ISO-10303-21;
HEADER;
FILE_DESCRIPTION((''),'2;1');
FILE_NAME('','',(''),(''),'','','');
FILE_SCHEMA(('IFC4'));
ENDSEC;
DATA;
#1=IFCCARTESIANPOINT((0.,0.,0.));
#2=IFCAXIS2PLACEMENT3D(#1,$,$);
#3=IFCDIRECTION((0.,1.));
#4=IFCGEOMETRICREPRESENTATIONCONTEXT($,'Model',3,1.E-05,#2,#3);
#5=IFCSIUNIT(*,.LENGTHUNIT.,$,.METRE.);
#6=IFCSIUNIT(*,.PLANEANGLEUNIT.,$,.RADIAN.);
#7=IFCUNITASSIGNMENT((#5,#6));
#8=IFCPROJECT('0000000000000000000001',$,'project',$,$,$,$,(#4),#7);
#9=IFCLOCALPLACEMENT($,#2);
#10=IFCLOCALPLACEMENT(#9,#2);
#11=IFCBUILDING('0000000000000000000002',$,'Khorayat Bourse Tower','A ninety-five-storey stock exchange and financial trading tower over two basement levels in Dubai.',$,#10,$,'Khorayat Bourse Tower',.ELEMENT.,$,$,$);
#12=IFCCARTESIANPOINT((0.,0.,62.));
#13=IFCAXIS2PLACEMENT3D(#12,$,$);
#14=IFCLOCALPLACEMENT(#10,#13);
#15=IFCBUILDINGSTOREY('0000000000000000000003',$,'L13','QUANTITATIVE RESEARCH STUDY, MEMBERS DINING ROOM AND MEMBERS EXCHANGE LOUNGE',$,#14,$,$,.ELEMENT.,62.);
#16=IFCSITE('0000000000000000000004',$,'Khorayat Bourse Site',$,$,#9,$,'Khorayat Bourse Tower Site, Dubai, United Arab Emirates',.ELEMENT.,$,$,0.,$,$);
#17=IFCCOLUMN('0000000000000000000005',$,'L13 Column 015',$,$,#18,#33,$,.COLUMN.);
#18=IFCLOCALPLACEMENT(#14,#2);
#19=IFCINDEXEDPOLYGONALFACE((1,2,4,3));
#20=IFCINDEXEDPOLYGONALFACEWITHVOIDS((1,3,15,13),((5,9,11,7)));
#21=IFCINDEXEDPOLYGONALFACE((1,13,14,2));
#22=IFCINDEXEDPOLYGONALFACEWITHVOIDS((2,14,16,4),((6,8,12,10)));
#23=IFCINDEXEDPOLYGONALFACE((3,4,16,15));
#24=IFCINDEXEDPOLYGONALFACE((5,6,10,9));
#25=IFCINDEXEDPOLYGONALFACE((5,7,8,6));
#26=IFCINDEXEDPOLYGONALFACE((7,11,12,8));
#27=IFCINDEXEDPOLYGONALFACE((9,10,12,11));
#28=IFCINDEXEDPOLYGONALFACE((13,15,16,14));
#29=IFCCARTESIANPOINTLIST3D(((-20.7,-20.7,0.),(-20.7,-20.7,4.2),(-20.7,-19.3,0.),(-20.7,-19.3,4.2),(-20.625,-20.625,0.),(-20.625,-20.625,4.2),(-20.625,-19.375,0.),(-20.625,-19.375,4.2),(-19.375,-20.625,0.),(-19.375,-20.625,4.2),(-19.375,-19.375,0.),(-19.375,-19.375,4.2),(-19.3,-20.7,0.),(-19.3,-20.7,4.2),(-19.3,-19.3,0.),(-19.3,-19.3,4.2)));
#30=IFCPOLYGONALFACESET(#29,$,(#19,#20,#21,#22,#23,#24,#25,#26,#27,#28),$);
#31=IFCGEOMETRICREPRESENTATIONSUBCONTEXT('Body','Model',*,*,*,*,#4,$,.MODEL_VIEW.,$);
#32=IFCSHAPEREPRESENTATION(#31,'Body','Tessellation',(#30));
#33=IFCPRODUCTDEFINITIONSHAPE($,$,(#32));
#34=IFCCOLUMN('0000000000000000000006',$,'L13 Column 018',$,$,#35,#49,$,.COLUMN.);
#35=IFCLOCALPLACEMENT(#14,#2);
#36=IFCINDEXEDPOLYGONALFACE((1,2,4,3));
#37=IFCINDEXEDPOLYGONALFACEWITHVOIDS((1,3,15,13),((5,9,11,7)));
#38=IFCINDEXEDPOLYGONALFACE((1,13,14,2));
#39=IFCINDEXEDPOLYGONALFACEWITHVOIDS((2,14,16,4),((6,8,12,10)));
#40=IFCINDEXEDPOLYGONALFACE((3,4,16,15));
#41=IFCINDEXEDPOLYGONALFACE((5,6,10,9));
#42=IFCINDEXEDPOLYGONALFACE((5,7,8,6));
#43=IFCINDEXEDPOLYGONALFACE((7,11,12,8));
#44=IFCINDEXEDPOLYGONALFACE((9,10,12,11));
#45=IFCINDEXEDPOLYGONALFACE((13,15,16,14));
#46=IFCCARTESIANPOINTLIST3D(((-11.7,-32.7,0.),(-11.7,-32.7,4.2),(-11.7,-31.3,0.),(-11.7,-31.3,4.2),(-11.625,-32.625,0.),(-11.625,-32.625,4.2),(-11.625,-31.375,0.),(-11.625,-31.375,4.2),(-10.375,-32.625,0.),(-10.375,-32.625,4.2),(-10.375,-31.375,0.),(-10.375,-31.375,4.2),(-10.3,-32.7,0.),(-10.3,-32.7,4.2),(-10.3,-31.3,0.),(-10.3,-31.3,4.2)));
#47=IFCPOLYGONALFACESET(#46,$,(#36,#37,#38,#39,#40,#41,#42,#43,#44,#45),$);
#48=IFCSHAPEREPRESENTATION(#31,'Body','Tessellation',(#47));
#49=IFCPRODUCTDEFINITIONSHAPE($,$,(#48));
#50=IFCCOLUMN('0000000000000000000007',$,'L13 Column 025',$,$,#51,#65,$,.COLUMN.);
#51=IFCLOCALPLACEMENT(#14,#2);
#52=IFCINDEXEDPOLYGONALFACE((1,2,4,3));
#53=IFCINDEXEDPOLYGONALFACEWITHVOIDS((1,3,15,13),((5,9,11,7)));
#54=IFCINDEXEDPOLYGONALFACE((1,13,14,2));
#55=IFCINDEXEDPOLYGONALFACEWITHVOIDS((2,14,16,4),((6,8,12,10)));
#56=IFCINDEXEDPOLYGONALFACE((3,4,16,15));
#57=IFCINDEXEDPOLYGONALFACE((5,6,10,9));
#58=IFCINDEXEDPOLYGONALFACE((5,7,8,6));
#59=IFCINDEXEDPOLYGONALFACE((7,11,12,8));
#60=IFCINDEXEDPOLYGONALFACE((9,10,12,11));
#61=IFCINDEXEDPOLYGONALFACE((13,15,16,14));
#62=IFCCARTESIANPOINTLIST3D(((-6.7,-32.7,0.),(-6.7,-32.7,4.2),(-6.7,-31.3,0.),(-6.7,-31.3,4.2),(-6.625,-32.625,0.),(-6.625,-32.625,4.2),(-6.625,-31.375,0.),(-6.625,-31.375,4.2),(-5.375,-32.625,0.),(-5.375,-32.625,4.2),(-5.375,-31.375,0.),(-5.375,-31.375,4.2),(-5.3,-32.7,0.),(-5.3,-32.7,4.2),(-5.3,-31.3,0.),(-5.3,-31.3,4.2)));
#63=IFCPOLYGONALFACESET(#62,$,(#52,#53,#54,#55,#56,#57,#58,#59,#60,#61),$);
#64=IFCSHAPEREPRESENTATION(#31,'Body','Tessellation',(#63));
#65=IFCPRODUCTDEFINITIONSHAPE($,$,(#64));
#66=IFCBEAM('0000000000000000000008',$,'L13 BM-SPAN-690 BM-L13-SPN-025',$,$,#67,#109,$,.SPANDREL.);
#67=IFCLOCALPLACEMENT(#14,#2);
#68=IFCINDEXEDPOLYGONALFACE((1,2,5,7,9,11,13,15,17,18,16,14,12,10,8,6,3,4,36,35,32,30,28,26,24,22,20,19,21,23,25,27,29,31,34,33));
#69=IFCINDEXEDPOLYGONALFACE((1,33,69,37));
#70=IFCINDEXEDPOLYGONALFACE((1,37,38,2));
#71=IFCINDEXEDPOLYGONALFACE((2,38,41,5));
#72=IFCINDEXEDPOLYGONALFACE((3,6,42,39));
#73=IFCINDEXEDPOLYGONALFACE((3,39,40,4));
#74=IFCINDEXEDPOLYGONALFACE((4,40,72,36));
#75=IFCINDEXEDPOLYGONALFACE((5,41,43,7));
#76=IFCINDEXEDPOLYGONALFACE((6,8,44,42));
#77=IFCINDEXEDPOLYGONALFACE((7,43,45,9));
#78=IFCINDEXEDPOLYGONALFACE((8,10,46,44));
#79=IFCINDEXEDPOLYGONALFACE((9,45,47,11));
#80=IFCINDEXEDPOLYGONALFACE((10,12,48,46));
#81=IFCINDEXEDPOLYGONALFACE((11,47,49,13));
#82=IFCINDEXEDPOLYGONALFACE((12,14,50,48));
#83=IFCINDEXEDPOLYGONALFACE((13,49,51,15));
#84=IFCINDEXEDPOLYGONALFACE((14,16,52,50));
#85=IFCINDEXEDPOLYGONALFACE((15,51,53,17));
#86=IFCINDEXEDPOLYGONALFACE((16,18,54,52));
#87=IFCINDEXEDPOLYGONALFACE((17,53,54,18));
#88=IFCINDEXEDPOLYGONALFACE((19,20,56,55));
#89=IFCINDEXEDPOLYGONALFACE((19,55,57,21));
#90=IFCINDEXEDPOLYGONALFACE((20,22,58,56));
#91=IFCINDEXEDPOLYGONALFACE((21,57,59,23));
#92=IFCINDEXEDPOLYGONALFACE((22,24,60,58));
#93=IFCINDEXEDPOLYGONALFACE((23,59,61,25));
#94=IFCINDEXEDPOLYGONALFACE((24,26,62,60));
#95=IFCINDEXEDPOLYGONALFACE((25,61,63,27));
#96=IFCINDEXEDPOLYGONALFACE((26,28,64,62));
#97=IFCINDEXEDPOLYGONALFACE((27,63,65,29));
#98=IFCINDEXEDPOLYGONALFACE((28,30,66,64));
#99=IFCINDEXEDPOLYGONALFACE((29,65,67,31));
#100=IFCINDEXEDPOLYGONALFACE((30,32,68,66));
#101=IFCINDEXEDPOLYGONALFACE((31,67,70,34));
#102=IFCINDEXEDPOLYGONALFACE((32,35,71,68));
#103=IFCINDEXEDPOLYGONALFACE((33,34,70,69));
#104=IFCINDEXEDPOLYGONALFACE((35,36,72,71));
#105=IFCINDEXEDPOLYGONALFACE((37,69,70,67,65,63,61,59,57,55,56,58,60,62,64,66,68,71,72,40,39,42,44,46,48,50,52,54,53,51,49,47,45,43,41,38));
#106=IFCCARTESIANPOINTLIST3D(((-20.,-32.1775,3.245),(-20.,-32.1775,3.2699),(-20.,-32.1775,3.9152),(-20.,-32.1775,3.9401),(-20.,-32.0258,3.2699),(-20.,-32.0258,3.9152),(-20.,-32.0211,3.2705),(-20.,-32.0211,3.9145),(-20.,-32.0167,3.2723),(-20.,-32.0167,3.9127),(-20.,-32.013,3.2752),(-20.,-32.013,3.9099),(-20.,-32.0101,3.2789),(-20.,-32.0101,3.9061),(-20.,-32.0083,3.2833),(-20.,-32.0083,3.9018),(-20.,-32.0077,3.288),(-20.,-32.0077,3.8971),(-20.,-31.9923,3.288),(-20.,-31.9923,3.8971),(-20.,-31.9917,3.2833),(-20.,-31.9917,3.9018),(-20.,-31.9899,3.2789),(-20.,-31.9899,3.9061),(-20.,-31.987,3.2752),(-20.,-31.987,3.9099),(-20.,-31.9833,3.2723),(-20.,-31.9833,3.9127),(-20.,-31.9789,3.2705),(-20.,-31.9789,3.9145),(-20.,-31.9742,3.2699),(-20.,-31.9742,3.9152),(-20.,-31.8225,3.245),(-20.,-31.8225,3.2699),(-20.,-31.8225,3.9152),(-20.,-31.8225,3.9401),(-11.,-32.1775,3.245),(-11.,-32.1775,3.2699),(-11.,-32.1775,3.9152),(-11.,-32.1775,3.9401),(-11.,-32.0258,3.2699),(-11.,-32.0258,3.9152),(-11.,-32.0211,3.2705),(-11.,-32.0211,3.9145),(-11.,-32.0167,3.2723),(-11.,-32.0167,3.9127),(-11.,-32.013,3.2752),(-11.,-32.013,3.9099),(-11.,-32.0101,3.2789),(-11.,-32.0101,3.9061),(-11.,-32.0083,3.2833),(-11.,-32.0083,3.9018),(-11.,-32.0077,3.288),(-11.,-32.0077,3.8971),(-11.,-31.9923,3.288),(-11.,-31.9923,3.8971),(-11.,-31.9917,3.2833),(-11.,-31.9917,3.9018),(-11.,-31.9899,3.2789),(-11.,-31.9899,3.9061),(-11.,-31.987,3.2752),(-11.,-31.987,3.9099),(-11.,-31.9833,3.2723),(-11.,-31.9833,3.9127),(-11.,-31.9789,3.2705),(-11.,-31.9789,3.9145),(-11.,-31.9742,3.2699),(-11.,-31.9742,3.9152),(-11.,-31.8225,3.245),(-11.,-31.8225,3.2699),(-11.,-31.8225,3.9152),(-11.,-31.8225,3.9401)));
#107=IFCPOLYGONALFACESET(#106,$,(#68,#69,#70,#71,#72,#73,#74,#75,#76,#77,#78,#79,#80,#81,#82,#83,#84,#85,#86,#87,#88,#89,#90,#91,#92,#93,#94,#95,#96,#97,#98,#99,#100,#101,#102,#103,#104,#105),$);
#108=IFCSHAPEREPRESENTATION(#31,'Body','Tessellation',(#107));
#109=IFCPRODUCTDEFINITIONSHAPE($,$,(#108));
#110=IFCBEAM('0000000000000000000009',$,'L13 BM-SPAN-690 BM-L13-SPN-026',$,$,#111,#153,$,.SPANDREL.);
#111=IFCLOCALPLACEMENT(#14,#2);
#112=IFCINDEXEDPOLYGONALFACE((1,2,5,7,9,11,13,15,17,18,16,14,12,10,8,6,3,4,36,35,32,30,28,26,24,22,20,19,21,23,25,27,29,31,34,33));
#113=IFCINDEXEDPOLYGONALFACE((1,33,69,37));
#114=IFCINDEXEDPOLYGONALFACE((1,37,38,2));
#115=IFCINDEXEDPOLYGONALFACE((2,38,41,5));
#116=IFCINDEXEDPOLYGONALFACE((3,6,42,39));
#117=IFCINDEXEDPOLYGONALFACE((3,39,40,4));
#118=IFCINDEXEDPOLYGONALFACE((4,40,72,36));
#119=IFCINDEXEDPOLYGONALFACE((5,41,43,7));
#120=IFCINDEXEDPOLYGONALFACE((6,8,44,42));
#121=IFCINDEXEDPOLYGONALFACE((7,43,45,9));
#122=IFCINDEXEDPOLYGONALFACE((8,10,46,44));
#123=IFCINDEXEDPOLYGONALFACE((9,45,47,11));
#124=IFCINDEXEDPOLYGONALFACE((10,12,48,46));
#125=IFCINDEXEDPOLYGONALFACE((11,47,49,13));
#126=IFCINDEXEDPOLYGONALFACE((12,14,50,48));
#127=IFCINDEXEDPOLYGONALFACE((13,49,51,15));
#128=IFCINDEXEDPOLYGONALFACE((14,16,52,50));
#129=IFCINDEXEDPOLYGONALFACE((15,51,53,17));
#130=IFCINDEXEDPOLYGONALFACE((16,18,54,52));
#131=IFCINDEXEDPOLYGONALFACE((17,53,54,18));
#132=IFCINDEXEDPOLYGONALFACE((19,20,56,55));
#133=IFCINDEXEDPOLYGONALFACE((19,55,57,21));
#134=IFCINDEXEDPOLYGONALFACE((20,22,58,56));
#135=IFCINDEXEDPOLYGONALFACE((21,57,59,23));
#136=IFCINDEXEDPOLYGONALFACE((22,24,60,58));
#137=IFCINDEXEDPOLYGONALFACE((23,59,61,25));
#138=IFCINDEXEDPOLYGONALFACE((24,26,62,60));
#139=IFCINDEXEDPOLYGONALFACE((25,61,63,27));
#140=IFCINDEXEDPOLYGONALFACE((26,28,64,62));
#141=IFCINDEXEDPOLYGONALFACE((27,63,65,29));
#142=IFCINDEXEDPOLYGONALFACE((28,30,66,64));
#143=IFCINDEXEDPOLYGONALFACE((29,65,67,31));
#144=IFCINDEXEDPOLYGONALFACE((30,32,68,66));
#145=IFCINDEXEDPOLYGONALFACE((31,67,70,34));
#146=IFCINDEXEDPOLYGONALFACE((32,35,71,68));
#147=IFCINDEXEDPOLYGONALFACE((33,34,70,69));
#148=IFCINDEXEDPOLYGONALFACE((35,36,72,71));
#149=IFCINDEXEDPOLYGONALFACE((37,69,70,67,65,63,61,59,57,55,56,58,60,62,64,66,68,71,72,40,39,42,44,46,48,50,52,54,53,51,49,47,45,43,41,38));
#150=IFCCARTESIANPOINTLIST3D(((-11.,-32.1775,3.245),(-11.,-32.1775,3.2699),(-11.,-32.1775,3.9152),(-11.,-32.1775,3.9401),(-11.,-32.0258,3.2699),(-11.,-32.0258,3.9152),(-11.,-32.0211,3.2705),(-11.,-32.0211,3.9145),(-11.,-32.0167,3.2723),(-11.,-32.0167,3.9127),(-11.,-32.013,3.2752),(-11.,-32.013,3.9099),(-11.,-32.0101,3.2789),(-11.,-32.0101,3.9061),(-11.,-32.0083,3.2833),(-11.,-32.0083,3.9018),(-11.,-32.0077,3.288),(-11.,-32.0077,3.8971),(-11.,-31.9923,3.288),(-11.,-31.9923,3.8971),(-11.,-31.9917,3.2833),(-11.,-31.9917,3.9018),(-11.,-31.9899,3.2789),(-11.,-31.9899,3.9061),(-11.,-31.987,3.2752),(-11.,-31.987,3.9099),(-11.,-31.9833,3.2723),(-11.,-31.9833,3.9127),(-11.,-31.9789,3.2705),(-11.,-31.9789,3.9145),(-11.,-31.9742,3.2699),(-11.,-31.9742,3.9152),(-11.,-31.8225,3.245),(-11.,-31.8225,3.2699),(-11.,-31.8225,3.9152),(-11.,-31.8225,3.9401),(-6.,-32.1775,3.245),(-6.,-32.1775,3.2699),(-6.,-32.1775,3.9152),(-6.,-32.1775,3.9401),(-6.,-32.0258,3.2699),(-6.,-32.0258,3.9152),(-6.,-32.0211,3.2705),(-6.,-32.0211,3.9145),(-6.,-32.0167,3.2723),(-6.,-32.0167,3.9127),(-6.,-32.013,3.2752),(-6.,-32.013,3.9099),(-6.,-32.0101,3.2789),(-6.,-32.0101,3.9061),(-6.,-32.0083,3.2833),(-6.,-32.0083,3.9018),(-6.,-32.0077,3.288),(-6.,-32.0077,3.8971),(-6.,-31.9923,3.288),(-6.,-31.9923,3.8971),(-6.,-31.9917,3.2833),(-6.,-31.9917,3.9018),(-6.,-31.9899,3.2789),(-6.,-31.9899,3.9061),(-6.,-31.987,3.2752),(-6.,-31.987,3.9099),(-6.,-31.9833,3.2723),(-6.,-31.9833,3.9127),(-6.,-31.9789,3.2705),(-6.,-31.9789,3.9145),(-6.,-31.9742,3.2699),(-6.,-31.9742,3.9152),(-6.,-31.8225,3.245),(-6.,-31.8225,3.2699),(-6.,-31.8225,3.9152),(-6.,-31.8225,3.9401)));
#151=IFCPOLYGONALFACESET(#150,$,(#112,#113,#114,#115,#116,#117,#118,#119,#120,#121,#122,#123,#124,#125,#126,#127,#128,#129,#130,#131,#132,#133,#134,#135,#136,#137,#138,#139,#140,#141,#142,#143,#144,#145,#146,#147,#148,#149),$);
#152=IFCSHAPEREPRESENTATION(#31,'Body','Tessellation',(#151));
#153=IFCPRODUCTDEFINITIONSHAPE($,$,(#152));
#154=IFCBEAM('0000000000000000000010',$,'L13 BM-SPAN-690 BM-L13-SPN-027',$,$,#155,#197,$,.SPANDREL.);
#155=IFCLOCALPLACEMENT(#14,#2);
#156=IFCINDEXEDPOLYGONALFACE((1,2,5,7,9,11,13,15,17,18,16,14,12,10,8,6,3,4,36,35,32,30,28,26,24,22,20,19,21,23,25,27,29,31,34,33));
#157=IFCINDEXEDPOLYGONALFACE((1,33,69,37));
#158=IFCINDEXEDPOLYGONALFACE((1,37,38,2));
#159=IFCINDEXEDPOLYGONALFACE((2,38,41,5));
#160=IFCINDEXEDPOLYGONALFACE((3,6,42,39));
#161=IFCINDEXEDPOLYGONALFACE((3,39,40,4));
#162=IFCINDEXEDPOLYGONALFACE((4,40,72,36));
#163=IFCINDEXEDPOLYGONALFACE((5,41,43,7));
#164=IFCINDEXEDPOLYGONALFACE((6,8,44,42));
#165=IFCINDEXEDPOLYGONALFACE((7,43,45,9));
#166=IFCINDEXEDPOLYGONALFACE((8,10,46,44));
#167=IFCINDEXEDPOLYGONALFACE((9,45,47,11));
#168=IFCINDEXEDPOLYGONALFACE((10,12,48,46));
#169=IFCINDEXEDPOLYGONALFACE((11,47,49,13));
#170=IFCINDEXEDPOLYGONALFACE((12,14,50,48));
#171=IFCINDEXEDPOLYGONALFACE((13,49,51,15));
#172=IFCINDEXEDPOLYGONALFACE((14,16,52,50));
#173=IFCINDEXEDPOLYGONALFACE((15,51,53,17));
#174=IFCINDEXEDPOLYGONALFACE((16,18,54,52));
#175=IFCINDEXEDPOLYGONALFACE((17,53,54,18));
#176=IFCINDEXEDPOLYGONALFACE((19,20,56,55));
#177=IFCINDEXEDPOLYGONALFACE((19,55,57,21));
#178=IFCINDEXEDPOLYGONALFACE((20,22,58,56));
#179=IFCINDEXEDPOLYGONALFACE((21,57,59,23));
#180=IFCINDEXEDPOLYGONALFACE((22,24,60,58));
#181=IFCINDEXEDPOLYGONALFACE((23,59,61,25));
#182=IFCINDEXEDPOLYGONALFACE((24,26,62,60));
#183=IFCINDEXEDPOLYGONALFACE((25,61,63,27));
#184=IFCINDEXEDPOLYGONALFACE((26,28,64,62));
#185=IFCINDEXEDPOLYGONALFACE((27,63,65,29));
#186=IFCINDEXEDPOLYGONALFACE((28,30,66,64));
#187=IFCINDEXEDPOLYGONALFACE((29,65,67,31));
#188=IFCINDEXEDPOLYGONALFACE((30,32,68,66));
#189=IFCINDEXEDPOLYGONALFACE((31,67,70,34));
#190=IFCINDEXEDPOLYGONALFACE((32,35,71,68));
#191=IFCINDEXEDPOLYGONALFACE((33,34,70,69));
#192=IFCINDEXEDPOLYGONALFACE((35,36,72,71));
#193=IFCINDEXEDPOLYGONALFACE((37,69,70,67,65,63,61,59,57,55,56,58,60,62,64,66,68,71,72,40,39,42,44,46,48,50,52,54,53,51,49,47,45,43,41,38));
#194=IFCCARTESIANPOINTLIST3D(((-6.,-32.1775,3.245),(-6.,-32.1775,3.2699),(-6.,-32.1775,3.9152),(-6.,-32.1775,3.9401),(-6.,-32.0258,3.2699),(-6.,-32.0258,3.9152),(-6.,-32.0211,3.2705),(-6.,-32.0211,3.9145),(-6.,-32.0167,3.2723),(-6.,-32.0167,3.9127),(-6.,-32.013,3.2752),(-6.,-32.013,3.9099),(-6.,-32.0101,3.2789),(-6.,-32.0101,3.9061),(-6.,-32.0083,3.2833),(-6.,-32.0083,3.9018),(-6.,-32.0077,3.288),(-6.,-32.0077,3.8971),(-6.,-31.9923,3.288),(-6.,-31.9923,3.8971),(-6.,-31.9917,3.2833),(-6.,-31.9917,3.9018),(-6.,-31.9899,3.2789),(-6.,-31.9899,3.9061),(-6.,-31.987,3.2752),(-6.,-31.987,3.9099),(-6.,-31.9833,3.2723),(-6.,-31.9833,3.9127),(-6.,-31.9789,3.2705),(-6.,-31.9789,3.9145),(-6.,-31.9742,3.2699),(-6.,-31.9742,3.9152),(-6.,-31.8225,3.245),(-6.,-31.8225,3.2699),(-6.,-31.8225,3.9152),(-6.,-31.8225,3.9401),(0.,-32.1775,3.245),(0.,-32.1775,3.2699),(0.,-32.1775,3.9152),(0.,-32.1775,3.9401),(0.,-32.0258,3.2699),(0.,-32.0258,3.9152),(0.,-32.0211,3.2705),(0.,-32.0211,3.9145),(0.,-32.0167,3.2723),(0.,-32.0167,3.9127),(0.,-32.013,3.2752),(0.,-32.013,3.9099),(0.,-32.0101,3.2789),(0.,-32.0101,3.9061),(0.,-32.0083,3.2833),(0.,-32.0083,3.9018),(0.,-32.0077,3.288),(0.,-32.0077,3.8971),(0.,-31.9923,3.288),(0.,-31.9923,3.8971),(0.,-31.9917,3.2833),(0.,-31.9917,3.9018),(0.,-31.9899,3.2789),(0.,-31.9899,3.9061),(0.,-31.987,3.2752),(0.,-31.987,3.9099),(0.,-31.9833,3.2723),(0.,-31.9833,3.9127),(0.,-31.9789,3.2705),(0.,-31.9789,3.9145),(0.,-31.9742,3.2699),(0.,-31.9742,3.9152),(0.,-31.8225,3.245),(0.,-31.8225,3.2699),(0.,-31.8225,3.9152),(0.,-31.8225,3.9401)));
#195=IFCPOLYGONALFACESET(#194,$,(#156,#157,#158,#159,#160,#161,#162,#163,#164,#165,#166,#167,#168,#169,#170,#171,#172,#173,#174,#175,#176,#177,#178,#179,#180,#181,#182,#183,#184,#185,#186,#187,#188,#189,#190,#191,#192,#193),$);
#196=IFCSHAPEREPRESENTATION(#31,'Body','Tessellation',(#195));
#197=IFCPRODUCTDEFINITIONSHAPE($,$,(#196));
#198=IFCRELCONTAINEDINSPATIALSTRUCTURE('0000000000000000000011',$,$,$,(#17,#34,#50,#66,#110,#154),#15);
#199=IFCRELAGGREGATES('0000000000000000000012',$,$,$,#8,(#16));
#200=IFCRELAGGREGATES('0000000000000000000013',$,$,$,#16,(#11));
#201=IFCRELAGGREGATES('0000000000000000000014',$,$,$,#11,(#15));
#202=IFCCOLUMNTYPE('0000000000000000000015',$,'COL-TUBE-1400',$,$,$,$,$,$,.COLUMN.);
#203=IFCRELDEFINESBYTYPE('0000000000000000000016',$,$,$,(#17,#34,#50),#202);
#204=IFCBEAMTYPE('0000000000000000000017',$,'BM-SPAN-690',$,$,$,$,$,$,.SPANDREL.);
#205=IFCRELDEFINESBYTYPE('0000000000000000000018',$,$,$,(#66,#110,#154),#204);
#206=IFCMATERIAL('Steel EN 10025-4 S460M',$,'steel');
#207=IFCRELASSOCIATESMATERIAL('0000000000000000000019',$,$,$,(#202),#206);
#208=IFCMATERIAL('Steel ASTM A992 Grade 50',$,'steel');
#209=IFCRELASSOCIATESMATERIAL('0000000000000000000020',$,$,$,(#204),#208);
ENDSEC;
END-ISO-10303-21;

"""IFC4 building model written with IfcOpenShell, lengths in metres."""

from ifc_helpers import new_model, si_unit, direction, frame, origin, origin_2d, place, context, subcontext, project, spatial, hollow_rectangle, i_section, extrude, source, transform, mapped, material, material_profile, profile_set, type_object, element, save


model = new_model("IFC4")

# Units and contexts
model_context = context("Model", 3, precision=1e-05, world=origin(), true_north=direction((0.0, 1.0)))
body_context = subcontext(model_context, "Body", "Model", "MODEL_VIEW")
ifc_project = project(units=[si_unit("LENGTHUNIT", "METRE"), si_unit("PLANEANGLEUNIT", "RADIAN")], contexts=[model_context])

# Site, building, storey
site_placement = place(None, origin())
site = spatial("IfcSite", under=ifc_project, at=site_placement, Name="Khorayat Bourse Site", LongName="Khorayat Bourse Tower Site, Dubai, United Arab Emirates", CompositionType="ELEMENT", RefElevation=0.0)
building_placement = place(site_placement, origin())
building = spatial("IfcBuilding", under=site, at=building_placement, Name="Khorayat Bourse Tower", Description="A ninety-five-storey stock exchange and financial trading tower over two basement levels in Dubai.", LongName="Khorayat Bourse Tower", CompositionType="ELEMENT")
storey_placement = place(building_placement, frame((0.0, 0.0, 62.0)))
storey = spatial("IfcBuildingStorey", under=building, at=storey_placement, Name="L13", Description="QUANTITATIVE RESEARCH STUDY, MEMBERS DINING ROOM AND MEMBERS EXCHANGE LOUNGE", CompositionType="ELEMENT", Elevation=62.0)

# Columns
ifc_material_1 = material(Name="Steel EN 10025-4 S460M", Category="steel")
ifc_material_profile_1 = material_profile(ifc_material_1, hollow_rectangle(XDim=1.3999, YDim=1.3999, WallThickness=0.075, at=origin_2d()), Name="BOX 1400x1400x75")
ifc_profile_set_1 = profile_set([ifc_material_profile_1], Name="Steel EN 10025-4 S460M")
column_type = type_object("IfcColumnType", Name="COL-TUBE-1400", PredefinedType="COLUMN", material=ifc_profile_set_1)
shared_shape_1 = source(origin(), body_context, "Body", "SweptSolid", [
    extrude(hollow_rectangle(XDim=1.3999, YDim=1.3999, WallThickness=0.075, at=origin_2d()), origin(), (0.0, 0.0, 1.0), 4.2),
])
for number, where, z_axis, x_axis, name in (
    (1, (-20.0, -20.0, 0.0), (0.0, 0.0, 1.0), (1.0, 0.0, 0.0), "L13 Column 015"),
    (2, (-11.0, -32.0, 0.0), (0.0, 0.0, 1.0), (1.0, 0.0, 0.0), "L13 Column 018"),
    (3, (-6.0, -32.0, 0.0), (0.0, 0.0, 1.0), (1.0, 0.0, 0.0), "L13 Column 025"),
):
    element("IfcColumn", number, at=place(storey_placement, frame(where, z_axis=z_axis, x_axis=x_axis)), inside=storey, type_object=column_type, Name=name, PredefinedType="COLUMN", context=body_context, shape_type="MappedRepresentation", body=[
        mapped(shared_shape_1, transform((0.0, 0.0, 0.0), scale=1.0)),
    ])

# Beams
ifc_material_2 = material(Name="Steel ASTM A992 Grade 50", Category="steel")
ifc_material_profile_2 = material_profile(ifc_material_2, i_section(OverallWidth=0.355, OverallDepth=0.6951, WebThickness=0.0154, FlangeThickness=0.0249, FilletRadius=0.0181, at=origin_2d()), Name="W690X217")
ifc_profile_set_2 = profile_set([ifc_material_profile_2], Name="Steel ASTM A992 Grade 50")
beam_type_1 = type_object("IfcBeamType", Name="BM-SPAN-690", PredefinedType="SPANDREL", material=ifc_profile_set_2)
shared_shape_2 = source(origin(), body_context, "Body", "SweptSolid", [
    extrude(i_section(OverallWidth=0.355, OverallDepth=0.6951, WebThickness=0.0154, FlangeThickness=0.0249, FilletRadius=0.0181, at=origin_2d()), origin(), (0.0, 0.0, 1.0), 9.0),
])
beam_1_placement = place(storey_placement, frame((-20.0, -32.0, 3.5925), z_axis=(1.0, 0.0, 0.0), x_axis=(0.0, 1.0, 0.0)))
element("IfcBeam", 4, at=beam_1_placement, inside=storey, type_object=beam_type_1, Name="L13 BM-SPAN-690 BM-L13-SPN-025", PredefinedType="SPANDREL", context=body_context, shape_type="MappedRepresentation", body=[
    mapped(shared_shape_2, transform((0.0, 0.0, 0.0), scale=1.0)),
])
shared_shape_3 = source(origin(), body_context, "Body", "SweptSolid", [
    extrude(i_section(OverallWidth=0.355, OverallDepth=0.6951, WebThickness=0.0154, FlangeThickness=0.0249, FilletRadius=0.0181, at=origin_2d()), origin(), (0.0, 0.0, 1.0), 5.0),
])
beam_2_placement = place(storey_placement, frame((-11.0, -32.0, 3.5925), z_axis=(1.0, 0.0, 0.0), x_axis=(0.0, 1.0, 0.0)))
element("IfcBeam", 5, at=beam_2_placement, inside=storey, type_object=beam_type_1, Name="L13 BM-SPAN-690 BM-L13-SPN-026", PredefinedType="SPANDREL", context=body_context, shape_type="MappedRepresentation", body=[
    mapped(shared_shape_3, transform((0.0, 0.0, 0.0), scale=1.0)),
])
shared_shape_4 = source(origin(), body_context, "Body", "SweptSolid", [
    extrude(i_section(OverallWidth=0.355, OverallDepth=0.6951, WebThickness=0.0154, FlangeThickness=0.0249, FilletRadius=0.0181, at=origin_2d()), origin(), (0.0, 0.0, 1.0), 6.0),
])
beam_3_placement = place(storey_placement, frame((-6.0, -32.0, 3.5925), z_axis=(1.0, 0.0, 0.0), x_axis=(0.0, 1.0, 0.0)))
element("IfcBeam", 6, at=beam_3_placement, inside=storey, type_object=beam_type_1, Name="L13 BM-SPAN-690 BM-L13-SPN-027", PredefinedType="SPANDREL", context=body_context, shape_type="MappedRepresentation", body=[
    mapped(shared_shape_4, transform((0.0, 0.0, 0.0), scale=1.0)),
])

save(model, "model.ifc")
